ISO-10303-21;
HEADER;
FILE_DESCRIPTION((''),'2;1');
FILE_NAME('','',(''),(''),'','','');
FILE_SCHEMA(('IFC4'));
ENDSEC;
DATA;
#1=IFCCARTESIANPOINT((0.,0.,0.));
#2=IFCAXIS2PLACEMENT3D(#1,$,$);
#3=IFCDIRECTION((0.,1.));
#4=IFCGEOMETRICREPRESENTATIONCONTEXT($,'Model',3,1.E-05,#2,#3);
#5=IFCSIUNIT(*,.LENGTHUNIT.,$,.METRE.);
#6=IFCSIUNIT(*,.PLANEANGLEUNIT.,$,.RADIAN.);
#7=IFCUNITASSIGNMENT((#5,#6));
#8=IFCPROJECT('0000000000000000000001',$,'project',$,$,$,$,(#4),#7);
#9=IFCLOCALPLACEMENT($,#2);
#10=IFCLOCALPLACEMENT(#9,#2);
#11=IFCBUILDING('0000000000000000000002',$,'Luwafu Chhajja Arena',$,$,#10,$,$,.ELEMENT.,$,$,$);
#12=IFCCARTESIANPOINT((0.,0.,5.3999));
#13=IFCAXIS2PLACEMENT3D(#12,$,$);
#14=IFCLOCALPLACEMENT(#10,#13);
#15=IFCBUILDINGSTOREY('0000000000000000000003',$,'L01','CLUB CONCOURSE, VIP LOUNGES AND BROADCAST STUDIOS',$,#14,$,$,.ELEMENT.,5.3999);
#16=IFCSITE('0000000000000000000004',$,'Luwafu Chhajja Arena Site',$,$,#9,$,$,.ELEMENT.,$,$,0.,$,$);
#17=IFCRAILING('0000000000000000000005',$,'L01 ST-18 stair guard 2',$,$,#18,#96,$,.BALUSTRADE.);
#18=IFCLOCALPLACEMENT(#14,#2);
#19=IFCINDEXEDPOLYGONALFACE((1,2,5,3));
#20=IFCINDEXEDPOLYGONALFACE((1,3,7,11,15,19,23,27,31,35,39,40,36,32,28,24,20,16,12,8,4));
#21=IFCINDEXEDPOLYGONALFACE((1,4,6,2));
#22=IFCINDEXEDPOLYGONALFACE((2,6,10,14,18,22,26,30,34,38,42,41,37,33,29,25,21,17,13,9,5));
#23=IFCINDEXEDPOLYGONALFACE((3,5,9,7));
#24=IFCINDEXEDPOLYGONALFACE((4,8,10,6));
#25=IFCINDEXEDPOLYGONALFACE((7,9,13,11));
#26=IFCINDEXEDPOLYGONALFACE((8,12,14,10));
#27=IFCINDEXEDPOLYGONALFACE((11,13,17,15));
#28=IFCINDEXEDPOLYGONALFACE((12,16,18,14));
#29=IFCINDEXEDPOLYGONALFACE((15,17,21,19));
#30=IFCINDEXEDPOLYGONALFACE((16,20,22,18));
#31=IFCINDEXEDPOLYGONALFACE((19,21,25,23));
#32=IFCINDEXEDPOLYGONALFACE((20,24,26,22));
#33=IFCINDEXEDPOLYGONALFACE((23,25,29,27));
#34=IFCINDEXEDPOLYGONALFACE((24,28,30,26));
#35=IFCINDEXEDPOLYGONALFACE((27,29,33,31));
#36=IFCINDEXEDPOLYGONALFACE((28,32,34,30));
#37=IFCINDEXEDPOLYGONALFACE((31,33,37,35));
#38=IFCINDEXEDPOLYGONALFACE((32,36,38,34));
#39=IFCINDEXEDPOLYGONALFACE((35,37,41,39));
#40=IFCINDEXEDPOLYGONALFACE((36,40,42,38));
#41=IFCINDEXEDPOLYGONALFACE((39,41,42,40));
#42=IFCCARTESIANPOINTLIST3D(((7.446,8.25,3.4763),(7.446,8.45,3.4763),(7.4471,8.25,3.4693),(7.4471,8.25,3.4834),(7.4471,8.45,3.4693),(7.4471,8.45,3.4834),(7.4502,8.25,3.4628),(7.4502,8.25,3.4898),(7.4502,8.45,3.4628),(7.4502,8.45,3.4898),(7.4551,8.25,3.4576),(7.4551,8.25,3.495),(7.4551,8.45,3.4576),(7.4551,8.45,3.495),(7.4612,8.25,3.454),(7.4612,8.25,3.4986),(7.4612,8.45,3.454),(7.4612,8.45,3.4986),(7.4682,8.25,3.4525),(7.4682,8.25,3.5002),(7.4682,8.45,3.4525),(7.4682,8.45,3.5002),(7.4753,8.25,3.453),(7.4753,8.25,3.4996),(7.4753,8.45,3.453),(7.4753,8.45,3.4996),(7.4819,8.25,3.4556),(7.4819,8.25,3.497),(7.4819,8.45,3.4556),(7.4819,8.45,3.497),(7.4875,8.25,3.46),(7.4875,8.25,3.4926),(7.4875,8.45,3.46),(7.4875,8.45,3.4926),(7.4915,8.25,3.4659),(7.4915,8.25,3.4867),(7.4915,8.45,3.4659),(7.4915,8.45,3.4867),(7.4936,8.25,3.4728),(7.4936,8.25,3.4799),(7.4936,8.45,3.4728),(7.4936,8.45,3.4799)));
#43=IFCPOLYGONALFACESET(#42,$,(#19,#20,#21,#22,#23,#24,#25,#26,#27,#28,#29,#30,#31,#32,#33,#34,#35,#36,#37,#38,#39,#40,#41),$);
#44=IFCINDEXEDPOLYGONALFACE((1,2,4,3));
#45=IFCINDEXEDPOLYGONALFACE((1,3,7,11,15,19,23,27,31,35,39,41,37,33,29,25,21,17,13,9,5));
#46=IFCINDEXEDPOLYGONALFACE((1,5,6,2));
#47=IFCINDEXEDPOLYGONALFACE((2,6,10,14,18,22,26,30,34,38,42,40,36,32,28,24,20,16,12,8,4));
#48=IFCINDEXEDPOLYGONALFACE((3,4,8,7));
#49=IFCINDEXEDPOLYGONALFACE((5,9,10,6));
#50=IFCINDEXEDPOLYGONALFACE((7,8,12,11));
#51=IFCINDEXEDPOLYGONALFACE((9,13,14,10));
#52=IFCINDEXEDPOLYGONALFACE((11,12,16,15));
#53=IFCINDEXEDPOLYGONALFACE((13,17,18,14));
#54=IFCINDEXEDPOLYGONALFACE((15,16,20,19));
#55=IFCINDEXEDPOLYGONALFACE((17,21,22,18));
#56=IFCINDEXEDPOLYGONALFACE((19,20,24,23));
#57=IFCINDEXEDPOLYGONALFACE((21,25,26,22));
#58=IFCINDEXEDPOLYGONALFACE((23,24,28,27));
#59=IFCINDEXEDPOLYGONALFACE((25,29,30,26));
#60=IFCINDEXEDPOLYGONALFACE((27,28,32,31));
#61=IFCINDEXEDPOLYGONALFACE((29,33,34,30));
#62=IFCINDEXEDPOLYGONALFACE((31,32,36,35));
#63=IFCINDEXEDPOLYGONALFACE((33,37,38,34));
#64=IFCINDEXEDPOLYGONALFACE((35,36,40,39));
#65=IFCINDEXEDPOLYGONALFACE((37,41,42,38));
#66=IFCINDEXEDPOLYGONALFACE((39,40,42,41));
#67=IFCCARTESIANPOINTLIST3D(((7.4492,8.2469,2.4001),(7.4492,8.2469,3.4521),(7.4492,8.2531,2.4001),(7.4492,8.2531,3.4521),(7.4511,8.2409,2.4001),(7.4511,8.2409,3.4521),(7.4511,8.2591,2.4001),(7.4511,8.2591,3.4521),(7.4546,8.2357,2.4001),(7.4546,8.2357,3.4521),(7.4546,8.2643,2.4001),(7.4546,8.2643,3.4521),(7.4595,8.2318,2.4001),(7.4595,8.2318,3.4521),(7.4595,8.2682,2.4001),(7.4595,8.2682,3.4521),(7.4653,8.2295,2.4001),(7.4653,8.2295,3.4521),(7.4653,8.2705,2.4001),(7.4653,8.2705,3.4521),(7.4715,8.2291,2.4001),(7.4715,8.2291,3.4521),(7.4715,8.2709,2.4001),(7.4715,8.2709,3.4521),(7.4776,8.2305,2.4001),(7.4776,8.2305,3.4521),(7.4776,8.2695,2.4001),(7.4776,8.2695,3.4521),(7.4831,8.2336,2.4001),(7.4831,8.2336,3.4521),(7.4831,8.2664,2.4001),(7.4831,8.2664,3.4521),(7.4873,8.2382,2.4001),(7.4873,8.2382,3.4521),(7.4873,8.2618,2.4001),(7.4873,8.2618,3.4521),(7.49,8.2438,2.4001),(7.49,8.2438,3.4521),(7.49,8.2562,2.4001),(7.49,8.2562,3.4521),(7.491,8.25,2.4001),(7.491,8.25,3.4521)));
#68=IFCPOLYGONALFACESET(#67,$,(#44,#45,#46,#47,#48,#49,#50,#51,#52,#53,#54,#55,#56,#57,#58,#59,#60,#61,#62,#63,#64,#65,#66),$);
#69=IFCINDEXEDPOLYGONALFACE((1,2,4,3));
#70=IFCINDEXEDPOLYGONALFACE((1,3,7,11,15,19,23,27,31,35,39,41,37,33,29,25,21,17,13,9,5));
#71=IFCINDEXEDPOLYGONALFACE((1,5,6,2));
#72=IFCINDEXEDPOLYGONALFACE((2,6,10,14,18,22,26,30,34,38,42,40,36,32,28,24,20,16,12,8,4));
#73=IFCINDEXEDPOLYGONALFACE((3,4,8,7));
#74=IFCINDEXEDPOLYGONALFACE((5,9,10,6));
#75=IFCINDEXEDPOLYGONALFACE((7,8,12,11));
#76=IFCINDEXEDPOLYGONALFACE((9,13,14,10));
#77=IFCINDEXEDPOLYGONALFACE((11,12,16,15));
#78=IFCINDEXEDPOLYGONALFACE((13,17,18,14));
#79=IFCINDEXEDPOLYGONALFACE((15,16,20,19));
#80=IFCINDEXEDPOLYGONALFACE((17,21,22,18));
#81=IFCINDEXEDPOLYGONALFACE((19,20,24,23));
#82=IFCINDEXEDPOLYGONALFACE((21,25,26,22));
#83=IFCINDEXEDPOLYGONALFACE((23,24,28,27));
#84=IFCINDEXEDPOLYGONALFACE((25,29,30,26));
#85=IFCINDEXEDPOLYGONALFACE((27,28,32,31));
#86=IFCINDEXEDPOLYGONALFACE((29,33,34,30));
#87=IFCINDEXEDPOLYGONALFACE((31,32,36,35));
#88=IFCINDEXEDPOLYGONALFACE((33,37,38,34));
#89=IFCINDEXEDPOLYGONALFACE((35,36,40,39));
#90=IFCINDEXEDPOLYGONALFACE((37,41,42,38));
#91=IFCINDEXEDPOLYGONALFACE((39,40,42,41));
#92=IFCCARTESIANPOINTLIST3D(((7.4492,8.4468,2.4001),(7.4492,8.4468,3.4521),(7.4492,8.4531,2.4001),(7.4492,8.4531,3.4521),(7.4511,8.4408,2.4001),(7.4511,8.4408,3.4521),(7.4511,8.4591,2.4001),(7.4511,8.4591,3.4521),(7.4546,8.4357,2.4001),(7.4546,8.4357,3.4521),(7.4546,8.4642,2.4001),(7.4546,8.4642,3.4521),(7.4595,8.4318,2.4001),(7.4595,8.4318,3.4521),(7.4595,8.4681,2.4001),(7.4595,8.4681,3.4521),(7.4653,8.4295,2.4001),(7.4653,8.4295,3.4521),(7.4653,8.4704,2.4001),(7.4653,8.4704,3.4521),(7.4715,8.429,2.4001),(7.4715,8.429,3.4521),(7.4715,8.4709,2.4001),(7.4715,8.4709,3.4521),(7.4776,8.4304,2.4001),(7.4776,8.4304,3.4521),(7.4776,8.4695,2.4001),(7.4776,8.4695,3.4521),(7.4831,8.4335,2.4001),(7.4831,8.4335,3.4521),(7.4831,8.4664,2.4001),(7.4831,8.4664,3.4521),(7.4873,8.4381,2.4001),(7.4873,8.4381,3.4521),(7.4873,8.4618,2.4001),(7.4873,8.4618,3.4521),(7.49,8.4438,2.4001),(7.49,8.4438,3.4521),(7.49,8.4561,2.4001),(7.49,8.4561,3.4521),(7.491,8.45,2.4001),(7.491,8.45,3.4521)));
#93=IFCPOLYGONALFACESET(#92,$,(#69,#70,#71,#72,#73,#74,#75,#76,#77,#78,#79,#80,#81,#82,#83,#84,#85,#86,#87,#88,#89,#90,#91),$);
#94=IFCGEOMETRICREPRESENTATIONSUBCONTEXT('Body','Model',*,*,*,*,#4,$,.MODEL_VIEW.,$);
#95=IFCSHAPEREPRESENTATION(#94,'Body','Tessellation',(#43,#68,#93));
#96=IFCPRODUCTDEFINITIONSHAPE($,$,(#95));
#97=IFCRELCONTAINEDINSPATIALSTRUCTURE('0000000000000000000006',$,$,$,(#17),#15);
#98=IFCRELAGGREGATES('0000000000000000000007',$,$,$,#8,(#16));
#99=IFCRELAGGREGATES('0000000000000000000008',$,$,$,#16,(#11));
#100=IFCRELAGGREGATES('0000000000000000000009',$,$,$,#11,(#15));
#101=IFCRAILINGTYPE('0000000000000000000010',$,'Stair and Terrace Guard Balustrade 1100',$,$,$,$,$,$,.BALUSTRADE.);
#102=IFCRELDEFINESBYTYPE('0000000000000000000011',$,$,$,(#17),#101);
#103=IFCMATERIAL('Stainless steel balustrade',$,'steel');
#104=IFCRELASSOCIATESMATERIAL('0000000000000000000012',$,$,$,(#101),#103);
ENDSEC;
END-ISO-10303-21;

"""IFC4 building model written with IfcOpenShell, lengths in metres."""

from ifc_helpers import new_model, si_unit, direction, frame, origin, origin_2d, place, context, subcontext, project, spatial, circle, extrude, material, type_object, element, save


model = new_model("IFC4")

# Units and contexts
model_context = context("Model", 3, precision=1e-05, world=origin(), true_north=direction((0.0, 1.0)))
body_context = subcontext(model_context, "Body", "Model", "MODEL_VIEW")
ifc_project = project(units=[si_unit("LENGTHUNIT", "METRE"), si_unit("PLANEANGLEUNIT", "RADIAN")], contexts=[model_context])

# Site, building, storey
site_placement = place(None, origin())
site = spatial("IfcSite", under=ifc_project, at=site_placement, Name="Luwafu Chhajja Arena Site", CompositionType="ELEMENT", RefElevation=0.0)
building_placement = place(site_placement, origin())
building = spatial("IfcBuilding", under=site, at=building_placement, Name="Luwafu Chhajja Arena", CompositionType="ELEMENT")
storey_placement = place(building_placement, frame((0.0, 0.0, 5.3999)))
storey = spatial("IfcBuildingStorey", under=building, at=storey_placement, Name="L01", Description="CLUB CONCOURSE, VIP LOUNGES AND BROADCAST STUDIOS", CompositionType="ELEMENT", Elevation=5.3999)

# Shared definitions
ifc_material_1 = material(Name="Stainless steel balustrade", Category="steel")

# Railing
railing_type_1 = type_object("IfcRailingType", Name="Stair and Terrace Guard Balustrade 1100", PredefinedType="BALUSTRADE", material=ifc_material_1)
railing_1_placement = place(storey_placement, frame((7.47, 8.25, 2.4001)))
element("IfcRailing", 1, at=railing_1_placement, inside=storey, type_object=railing_type_1, Name="L01 ST-18 stair guard 2", PredefinedType="BALUSTRADE", context=body_context, shape_type="SweptSolid", body=[
    extrude(circle(Radius=0.0239, at=origin_2d()), frame((0.0, 0.0, 1.0762), z_axis=(0.0, 1.0, 0.0), x_axis=(-1.0, 0.0, 0.0)), (0.0, 0.0, 1.0), 0.2),
    extrude(circle(Radius=0.021, at=origin_2d()), origin(), (0.0, 0.0, 1.0), 1.052),
    extrude(circle(Radius=0.021, at=origin_2d()), frame((0.0, 0.2, 0.0)), (0.0, 0.0, 1.0), 1.052),
])

save(model, "model.ifc")
